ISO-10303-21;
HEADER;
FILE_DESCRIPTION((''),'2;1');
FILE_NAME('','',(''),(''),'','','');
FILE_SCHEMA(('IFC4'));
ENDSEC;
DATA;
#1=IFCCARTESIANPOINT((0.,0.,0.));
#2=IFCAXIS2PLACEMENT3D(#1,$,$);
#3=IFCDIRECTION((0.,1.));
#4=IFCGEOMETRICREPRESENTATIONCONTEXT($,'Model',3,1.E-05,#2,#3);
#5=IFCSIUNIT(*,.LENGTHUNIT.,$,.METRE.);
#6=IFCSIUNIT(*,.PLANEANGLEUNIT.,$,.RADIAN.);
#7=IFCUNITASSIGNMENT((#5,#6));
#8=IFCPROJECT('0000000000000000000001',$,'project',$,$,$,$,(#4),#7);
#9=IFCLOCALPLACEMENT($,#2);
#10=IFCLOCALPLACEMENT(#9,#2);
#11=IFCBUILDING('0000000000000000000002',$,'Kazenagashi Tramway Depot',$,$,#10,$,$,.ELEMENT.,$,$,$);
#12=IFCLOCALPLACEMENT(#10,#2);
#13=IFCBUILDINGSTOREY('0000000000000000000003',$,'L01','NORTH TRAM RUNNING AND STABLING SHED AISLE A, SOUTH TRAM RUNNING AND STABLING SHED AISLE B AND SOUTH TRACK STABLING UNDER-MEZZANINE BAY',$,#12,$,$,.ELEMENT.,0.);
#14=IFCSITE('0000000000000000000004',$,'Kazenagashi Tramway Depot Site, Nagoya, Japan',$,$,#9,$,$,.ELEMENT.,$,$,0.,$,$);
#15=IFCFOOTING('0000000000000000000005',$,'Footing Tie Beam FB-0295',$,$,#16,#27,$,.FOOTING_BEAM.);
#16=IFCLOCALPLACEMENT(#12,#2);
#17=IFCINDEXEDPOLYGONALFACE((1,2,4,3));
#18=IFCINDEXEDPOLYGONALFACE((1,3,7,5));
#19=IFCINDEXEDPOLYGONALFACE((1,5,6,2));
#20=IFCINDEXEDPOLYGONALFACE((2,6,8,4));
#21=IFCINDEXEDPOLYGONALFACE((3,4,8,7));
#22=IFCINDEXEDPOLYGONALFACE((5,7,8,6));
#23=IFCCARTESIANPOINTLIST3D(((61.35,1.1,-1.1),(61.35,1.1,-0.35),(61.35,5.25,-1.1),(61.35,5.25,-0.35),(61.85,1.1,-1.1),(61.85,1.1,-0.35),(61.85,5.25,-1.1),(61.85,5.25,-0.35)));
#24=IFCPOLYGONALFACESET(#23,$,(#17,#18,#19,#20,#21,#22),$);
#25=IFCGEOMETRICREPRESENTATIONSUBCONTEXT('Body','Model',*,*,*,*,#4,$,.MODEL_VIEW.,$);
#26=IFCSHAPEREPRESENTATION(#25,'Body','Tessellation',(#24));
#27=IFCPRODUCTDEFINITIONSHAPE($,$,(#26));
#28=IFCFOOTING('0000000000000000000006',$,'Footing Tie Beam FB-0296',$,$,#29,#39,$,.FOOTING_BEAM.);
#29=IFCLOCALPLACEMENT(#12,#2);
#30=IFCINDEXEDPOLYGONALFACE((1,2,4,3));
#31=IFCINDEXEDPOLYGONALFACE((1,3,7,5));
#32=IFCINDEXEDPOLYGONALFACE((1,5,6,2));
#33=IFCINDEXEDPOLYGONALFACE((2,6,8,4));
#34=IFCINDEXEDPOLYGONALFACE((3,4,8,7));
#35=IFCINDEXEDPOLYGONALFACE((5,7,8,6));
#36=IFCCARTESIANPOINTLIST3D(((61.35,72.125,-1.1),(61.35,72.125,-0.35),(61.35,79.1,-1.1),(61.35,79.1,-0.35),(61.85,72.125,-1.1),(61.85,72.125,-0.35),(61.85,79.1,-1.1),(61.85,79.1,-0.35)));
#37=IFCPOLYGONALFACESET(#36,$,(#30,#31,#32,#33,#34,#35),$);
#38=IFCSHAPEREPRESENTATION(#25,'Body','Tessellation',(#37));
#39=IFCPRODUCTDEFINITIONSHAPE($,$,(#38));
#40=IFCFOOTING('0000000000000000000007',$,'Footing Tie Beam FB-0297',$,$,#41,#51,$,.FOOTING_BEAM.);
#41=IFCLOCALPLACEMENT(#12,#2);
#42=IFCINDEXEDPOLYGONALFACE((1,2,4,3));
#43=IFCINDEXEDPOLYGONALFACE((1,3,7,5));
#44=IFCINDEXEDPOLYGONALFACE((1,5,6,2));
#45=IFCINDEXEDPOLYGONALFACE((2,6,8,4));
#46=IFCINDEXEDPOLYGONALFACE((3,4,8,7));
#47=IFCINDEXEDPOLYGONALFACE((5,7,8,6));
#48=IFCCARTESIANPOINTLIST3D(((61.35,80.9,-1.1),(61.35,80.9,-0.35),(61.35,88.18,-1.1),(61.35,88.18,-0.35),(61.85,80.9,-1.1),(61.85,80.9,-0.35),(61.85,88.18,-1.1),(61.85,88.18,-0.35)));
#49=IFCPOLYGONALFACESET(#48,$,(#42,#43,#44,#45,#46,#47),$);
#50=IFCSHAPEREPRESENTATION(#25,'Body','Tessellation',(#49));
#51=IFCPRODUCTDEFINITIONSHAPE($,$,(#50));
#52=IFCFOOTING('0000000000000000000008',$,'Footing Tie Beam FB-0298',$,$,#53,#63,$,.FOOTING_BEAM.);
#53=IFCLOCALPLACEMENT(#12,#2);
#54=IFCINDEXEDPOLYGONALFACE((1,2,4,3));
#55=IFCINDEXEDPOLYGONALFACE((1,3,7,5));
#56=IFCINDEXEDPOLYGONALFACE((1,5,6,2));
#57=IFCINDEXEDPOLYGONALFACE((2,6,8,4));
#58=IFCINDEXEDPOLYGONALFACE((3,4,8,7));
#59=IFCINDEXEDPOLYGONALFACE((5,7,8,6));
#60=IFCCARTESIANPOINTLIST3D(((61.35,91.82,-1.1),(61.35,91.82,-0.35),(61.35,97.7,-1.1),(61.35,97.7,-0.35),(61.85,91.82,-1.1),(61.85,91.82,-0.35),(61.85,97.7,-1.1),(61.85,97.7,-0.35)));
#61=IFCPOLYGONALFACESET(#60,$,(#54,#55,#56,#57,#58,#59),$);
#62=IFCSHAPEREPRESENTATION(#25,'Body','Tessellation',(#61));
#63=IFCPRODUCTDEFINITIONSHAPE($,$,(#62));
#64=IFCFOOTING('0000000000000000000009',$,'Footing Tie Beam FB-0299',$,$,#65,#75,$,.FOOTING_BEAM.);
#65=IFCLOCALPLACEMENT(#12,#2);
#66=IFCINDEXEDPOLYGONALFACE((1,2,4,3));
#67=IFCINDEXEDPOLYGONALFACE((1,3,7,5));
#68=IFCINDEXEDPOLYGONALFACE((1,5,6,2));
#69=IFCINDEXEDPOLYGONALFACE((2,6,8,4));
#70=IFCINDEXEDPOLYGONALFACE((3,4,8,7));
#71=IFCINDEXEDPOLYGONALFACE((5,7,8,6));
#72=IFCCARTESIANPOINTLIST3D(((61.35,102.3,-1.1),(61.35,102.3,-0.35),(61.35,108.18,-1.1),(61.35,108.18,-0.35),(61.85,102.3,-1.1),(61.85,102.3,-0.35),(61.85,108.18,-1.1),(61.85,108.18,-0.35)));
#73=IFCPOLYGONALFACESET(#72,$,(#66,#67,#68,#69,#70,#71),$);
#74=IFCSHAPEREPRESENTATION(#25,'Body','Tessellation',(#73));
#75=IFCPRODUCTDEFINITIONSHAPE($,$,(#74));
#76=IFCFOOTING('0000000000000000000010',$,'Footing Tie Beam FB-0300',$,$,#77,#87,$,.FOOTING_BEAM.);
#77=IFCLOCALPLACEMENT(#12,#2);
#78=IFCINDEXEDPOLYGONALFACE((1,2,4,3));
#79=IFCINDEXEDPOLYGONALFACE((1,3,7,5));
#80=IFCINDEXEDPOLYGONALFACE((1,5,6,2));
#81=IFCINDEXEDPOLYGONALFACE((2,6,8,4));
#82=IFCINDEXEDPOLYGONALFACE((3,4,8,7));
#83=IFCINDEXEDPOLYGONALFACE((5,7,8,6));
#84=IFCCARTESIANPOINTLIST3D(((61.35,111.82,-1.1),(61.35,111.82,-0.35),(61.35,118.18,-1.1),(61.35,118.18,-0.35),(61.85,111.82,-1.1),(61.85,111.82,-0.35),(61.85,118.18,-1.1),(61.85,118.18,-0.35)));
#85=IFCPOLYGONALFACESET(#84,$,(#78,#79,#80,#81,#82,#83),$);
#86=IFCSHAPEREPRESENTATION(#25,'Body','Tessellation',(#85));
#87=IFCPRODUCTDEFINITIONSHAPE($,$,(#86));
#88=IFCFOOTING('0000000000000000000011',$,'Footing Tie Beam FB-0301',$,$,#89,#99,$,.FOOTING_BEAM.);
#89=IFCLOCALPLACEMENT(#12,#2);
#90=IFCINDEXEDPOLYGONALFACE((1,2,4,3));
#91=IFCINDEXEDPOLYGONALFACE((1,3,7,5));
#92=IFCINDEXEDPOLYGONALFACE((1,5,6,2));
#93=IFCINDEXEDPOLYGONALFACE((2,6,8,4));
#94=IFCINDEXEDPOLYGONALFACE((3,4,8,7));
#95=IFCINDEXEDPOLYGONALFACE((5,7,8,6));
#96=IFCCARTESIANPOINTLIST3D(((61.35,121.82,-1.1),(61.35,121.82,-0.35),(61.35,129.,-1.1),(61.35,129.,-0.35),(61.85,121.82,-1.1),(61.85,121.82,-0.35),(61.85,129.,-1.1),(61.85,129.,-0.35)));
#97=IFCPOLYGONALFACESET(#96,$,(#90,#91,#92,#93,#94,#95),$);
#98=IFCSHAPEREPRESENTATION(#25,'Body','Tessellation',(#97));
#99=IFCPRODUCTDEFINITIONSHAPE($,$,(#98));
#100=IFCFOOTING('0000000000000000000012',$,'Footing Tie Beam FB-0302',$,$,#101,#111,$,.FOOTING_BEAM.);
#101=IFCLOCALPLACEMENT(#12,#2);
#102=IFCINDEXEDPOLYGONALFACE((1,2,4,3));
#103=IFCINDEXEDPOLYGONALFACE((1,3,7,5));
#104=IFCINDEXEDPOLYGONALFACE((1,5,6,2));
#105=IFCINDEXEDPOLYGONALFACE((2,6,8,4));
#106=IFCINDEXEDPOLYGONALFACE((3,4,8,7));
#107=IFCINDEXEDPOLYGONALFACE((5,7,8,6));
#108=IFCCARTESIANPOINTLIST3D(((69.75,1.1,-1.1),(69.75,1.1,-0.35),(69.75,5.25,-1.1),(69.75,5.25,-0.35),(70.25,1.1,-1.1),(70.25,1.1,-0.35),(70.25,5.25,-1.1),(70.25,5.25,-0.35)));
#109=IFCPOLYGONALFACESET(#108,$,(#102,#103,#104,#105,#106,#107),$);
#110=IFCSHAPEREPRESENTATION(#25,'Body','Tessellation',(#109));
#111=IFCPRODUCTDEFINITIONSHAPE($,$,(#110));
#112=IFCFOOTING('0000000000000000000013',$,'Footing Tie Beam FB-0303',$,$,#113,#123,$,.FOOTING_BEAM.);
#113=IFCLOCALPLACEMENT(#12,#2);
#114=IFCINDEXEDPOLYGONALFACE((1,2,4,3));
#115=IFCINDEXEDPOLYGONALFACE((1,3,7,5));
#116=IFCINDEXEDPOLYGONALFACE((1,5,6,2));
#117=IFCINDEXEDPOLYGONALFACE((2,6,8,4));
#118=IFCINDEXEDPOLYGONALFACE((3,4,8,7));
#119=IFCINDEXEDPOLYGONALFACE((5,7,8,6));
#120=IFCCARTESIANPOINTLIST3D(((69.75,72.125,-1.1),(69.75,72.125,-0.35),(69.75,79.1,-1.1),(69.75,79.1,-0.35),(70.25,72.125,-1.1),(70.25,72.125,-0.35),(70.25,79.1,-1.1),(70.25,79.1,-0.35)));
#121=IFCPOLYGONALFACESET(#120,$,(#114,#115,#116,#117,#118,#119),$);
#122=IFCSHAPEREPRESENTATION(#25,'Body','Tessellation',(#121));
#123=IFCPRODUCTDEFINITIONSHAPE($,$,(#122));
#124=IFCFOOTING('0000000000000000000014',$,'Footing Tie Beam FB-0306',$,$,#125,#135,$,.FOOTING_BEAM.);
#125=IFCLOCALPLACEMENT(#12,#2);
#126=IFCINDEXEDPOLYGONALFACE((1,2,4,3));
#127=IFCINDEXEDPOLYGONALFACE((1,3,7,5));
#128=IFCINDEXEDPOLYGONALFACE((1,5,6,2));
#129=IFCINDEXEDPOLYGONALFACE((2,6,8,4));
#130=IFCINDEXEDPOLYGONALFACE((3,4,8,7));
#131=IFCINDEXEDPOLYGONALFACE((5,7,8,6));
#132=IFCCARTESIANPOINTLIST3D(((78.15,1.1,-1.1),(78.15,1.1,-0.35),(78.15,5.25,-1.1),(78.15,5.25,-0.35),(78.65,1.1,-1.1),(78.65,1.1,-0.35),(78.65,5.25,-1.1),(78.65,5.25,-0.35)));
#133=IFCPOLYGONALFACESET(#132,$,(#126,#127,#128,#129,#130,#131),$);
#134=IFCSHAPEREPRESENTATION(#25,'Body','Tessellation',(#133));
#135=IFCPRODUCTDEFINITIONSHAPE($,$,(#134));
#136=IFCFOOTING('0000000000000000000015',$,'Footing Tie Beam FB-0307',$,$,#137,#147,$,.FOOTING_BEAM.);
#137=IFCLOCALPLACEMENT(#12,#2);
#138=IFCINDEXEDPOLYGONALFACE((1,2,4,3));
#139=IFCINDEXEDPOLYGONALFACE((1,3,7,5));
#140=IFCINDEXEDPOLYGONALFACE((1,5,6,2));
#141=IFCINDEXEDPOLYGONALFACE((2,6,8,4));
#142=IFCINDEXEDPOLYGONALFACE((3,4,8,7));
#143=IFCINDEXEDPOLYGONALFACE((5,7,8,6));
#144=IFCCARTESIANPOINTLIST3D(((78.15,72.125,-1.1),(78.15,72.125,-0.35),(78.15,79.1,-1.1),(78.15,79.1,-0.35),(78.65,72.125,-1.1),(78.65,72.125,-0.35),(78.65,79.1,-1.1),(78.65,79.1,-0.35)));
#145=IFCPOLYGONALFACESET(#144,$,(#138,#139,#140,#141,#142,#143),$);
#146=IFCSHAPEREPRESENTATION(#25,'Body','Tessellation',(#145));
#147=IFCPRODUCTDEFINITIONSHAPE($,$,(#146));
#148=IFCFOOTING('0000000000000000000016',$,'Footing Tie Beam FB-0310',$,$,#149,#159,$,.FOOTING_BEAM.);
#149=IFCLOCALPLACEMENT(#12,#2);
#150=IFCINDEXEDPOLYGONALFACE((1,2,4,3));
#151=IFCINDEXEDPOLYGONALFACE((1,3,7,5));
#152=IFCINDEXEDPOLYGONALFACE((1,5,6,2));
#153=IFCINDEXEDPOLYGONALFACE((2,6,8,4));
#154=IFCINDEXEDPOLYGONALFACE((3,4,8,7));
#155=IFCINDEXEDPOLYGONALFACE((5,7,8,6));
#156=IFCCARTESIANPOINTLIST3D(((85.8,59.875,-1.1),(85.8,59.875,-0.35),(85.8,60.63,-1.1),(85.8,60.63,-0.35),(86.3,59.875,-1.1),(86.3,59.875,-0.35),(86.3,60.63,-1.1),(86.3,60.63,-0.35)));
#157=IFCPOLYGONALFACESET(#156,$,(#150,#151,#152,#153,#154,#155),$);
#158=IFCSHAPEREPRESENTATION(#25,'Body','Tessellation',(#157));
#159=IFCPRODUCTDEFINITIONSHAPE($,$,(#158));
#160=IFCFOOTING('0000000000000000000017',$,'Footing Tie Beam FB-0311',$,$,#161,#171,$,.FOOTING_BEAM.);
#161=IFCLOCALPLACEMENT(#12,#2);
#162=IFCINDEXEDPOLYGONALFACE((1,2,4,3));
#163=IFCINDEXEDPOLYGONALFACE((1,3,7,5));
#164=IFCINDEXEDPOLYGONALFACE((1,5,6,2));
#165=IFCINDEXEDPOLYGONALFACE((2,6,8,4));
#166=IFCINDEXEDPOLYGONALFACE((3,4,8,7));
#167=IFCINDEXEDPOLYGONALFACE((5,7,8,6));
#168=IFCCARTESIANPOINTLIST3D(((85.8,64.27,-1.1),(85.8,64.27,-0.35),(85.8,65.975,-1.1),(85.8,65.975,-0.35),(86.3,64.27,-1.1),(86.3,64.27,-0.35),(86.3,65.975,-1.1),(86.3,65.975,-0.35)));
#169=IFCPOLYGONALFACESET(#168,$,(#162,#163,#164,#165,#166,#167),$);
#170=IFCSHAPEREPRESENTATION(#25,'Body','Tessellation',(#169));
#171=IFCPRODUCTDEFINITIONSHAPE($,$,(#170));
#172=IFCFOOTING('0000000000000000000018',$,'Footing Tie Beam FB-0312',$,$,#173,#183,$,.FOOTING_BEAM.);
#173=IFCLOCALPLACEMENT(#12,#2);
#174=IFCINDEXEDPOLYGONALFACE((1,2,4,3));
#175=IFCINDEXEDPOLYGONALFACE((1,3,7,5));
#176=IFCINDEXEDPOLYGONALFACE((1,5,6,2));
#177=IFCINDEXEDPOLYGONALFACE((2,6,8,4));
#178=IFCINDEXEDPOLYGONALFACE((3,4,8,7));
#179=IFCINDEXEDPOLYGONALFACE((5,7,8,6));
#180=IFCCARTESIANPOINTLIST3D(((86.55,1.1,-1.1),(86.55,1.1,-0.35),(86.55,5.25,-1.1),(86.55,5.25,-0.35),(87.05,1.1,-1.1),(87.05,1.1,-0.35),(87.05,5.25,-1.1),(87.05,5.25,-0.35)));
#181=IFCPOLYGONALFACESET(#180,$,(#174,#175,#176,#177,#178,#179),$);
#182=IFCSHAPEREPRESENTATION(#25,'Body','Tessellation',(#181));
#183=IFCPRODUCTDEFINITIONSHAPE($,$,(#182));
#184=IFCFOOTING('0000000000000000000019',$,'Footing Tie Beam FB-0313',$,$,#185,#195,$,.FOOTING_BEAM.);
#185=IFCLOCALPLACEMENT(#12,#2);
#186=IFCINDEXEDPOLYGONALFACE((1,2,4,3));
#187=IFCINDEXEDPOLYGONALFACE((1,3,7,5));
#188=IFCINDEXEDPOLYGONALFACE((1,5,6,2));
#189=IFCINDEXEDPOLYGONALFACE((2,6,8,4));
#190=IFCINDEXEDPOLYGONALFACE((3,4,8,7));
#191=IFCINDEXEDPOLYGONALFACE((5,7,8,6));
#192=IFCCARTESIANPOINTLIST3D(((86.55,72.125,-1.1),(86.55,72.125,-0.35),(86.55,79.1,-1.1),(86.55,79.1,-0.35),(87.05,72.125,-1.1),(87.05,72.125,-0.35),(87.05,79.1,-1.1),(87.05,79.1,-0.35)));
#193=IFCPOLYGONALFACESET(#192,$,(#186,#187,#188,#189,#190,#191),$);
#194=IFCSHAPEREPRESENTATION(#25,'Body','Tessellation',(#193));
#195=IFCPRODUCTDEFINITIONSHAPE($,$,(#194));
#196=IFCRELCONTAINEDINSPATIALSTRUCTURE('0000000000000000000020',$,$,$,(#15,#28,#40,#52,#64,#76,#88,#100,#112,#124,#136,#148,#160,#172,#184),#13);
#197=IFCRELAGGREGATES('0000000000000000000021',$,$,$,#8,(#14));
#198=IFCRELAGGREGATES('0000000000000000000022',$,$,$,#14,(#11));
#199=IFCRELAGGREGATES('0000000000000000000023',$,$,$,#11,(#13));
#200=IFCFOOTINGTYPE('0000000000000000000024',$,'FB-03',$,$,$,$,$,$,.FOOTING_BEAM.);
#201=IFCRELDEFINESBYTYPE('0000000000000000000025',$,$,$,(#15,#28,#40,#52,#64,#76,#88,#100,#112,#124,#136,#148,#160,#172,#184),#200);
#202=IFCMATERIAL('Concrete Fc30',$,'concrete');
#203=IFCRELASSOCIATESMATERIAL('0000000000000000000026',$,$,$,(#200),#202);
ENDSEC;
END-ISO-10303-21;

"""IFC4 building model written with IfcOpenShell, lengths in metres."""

from ifc_helpers import new_model, si_unit, direction, frame, origin, place, context, subcontext, project, spatial, polyline, outline, extrude, material, type_object, element, save


model = new_model("IFC4")

# Units and contexts
model_context = context("Model", 3, precision=1e-05, world=origin(), true_north=direction((0.0, 1.0)))
body_context = subcontext(model_context, "Body", "Model", "MODEL_VIEW")
ifc_project = project(units=[si_unit("LENGTHUNIT", "METRE"), si_unit("PLANEANGLEUNIT", "RADIAN")], contexts=[model_context])

# Site, building, storey
site_placement = place(None, origin())
site = spatial("IfcSite", under=ifc_project, at=site_placement, Name="Kazenagashi Tramway Depot Site, Nagoya, Japan", CompositionType="ELEMENT", RefElevation=0.0)
building_placement = place(site_placement, origin())
building = spatial("IfcBuilding", under=site, at=building_placement, Name="Kazenagashi Tramway Depot", CompositionType="ELEMENT")
storey_placement = place(building_placement, origin())
storey = spatial("IfcBuildingStorey", under=building, at=storey_placement, Name="L01", Description="NORTH TRAM RUNNING AND STABLING SHED AISLE A, SOUTH TRAM RUNNING AND STABLING SHED AISLE B AND SOUTH TRACK STABLING UNDER-MEZZANINE BAY", CompositionType="ELEMENT", Elevation=0.0)

# Footings
ifc_material = material(Name="Concrete Fc30", Category="concrete")
footing_type = type_object("IfcFootingType", Name="FB-03", PredefinedType="FOOTING_BEAM", material=ifc_material)
footing_1_placement = place(storey_placement, frame((0.0, 0.0, -1.1)))
element("IfcFooting", 1, at=footing_1_placement, inside=storey, type_object=footing_type, Name="Footing Tie Beam FB-0295", PredefinedType="FOOTING_BEAM", context=body_context, shape_type="SweptSolid", body=[
    extrude(outline(polyline([(61.35, 1.1), (61.85, 1.1), (61.85, 5.25), (61.35, 5.25), (61.35, 1.1)])), origin(), (0.0, 0.0, 1.0), 0.75),
])
footing_2_placement = place(storey_placement, frame((0.0, 0.0, -1.1)))
element("IfcFooting", 2, at=footing_2_placement, inside=storey, type_object=footing_type, Name="Footing Tie Beam FB-0296", PredefinedType="FOOTING_BEAM", context=body_context, shape_type="SweptSolid", body=[
    extrude(outline(polyline([(61.35, 72.125), (61.85, 72.125), (61.85, 79.1), (61.35, 79.1), (61.35, 72.125)])), origin(), (0.0, 0.0, 1.0), 0.75),
])
footing_3_placement = place(storey_placement, frame((0.0, 0.0, -1.1)))
element("IfcFooting", 3, at=footing_3_placement, inside=storey, type_object=footing_type, Name="Footing Tie Beam FB-0297", PredefinedType="FOOTING_BEAM", context=body_context, shape_type="SweptSolid", body=[
    extrude(outline(polyline([(61.35, 80.9), (61.85, 80.9), (61.85, 88.18), (61.35, 88.18), (61.35, 80.9)])), origin(), (0.0, 0.0, 1.0), 0.75),
])
footing_4_placement = place(storey_placement, frame((0.0, 0.0, -1.1)))
element("IfcFooting", 4, at=footing_4_placement, inside=storey, type_object=footing_type, Name="Footing Tie Beam FB-0298", PredefinedType="FOOTING_BEAM", context=body_context, shape_type="SweptSolid", body=[
    extrude(outline(polyline([(61.35, 91.82), (61.85, 91.82), (61.85, 97.7), (61.35, 97.7), (61.35, 91.82)])), origin(), (0.0, 0.0, 1.0), 0.75),
])
footing_5_placement = place(storey_placement, frame((0.0, 0.0, -1.1)))
element("IfcFooting", 5, at=footing_5_placement, inside=storey, type_object=footing_type, Name="Footing Tie Beam FB-0299", PredefinedType="FOOTING_BEAM", context=body_context, shape_type="SweptSolid", body=[
    extrude(outline(polyline([(61.35, 102.3), (61.85, 102.3), (61.85, 108.18), (61.35, 108.18), (61.35, 102.3)])), origin(), (0.0, 0.0, 1.0), 0.75),
])
footing_6_placement = place(storey_placement, frame((0.0, 0.0, -1.1)))
element("IfcFooting", 6, at=footing_6_placement, inside=storey, type_object=footing_type, Name="Footing Tie Beam FB-0300", PredefinedType="FOOTING_BEAM", context=body_context, shape_type="SweptSolid", body=[
    extrude(outline(polyline([(61.35, 111.82), (61.85, 111.82), (61.85, 118.18), (61.35, 118.18), (61.35, 111.82)])), origin(), (0.0, 0.0, 1.0), 0.75),
])
footing_7_placement = place(storey_placement, frame((0.0, 0.0, -1.1)))
element("IfcFooting", 7, at=footing_7_placement, inside=storey, type_object=footing_type, Name="Footing Tie Beam FB-0301", PredefinedType="FOOTING_BEAM", context=body_context, shape_type="SweptSolid", body=[
    extrude(outline(polyline([(61.35, 121.82), (61.85, 121.82), (61.85, 129.0), (61.35, 129.0), (61.35, 121.82)])), origin(), (0.0, 0.0, 1.0), 0.75),
])
footing_8_placement = place(storey_placement, frame((0.0, 0.0, -1.1)))
element("IfcFooting", 8, at=footing_8_placement, inside=storey, type_object=footing_type, Name="Footing Tie Beam FB-0302", PredefinedType="FOOTING_BEAM", context=body_context, shape_type="SweptSolid", body=[
    extrude(outline(polyline([(69.75, 1.1), (70.25, 1.1), (70.25, 5.25), (69.75, 5.25), (69.75, 1.1)])), origin(), (0.0, 0.0, 1.0), 0.75),
])
footing_9_placement = place(storey_placement, frame((0.0, 0.0, -1.1)))
element("IfcFooting", 9, at=footing_9_placement, inside=storey, type_object=footing_type, Name="Footing Tie Beam FB-0303", PredefinedType="FOOTING_BEAM", context=body_context, shape_type="SweptSolid", body=[
    extrude(outline(polyline([(69.75, 72.125), (70.25, 72.125), (70.25, 79.1), (69.75, 79.1), (69.75, 72.125)])), origin(), (0.0, 0.0, 1.0), 0.75),
])
footing_10_placement = place(storey_placement, frame((0.0, 0.0, -1.1)))
element("IfcFooting", 10, at=footing_10_placement, inside=storey, type_object=footing_type, Name="Footing Tie Beam FB-0306", PredefinedType="FOOTING_BEAM", context=body_context, shape_type="SweptSolid", body=[
    extrude(outline(polyline([(78.15, 1.1), (78.65, 1.1), (78.65, 5.25), (78.15, 5.25), (78.15, 1.1)])), origin(), (0.0, 0.0, 1.0), 0.75),
])
footing_11_placement = place(storey_placement, frame((0.0, 0.0, -1.1)))
element("IfcFooting", 11, at=footing_11_placement, inside=storey, type_object=footing_type, Name="Footing Tie Beam FB-0307", PredefinedType="FOOTING_BEAM", context=body_context, shape_type="SweptSolid", body=[
    extrude(outline(polyline([(78.15, 72.125), (78.65, 72.125), (78.65, 79.1), (78.15, 79.1), (78.15, 72.125)])), origin(), (0.0, 0.0, 1.0), 0.75),
])
footing_12_placement = place(storey_placement, frame((0.0, 0.0, -1.1)))
element("IfcFooting", 12, at=footing_12_placement, inside=storey, type_object=footing_type, Name="Footing Tie Beam FB-0310", PredefinedType="FOOTING_BEAM", context=body_context, shape_type="SweptSolid", body=[
    extrude(outline(polyline([(85.8, 59.875), (86.3, 59.875), (86.3, 60.63), (85.8, 60.63), (85.8, 59.875)])), origin(), (0.0, 0.0, 1.0), 0.75),
])
footing_13_placement = place(storey_placement, frame((0.0, 0.0, -1.1)))
element("IfcFooting", 13, at=footing_13_placement, inside=storey, type_object=footing_type, Name="Footing Tie Beam FB-0311", PredefinedType="FOOTING_BEAM", context=body_context, shape_type="SweptSolid", body=[
    extrude(outline(polyline([(85.8, 64.27), (86.3, 64.27), (86.3, 65.975), (85.8, 65.975), (85.8, 64.27)])), origin(), (0.0, 0.0, 1.0), 0.75),
])
footing_14_placement = place(storey_placement, frame((0.0, 0.0, -1.1)))
element("IfcFooting", 14, at=footing_14_placement, inside=storey, type_object=footing_type, Name="Footing Tie Beam FB-0312", PredefinedType="FOOTING_BEAM", context=body_context, shape_type="SweptSolid", body=[
    extrude(outline(polyline([(86.55, 1.1), (87.05, 1.1), (87.05, 5.25), (86.55, 5.25), (86.55, 1.1)])), origin(), (0.0, 0.0, 1.0), 0.75),
])
footing_15_placement = place(storey_placement, frame((0.0, 0.0, -1.1)))
element("IfcFooting", 15, at=footing_15_placement, inside=storey, type_object=footing_type, Name="Footing Tie Beam FB-0313", PredefinedType="FOOTING_BEAM", context=body_context, shape_type="SweptSolid", body=[
    extrude(outline(polyline([(86.55, 72.125), (87.05, 72.125), (87.05, 79.1), (86.55, 79.1), (86.55, 72.125)])), origin(), (0.0, 0.0, 1.0), 0.75),
])

save(model, "model.ifc")
